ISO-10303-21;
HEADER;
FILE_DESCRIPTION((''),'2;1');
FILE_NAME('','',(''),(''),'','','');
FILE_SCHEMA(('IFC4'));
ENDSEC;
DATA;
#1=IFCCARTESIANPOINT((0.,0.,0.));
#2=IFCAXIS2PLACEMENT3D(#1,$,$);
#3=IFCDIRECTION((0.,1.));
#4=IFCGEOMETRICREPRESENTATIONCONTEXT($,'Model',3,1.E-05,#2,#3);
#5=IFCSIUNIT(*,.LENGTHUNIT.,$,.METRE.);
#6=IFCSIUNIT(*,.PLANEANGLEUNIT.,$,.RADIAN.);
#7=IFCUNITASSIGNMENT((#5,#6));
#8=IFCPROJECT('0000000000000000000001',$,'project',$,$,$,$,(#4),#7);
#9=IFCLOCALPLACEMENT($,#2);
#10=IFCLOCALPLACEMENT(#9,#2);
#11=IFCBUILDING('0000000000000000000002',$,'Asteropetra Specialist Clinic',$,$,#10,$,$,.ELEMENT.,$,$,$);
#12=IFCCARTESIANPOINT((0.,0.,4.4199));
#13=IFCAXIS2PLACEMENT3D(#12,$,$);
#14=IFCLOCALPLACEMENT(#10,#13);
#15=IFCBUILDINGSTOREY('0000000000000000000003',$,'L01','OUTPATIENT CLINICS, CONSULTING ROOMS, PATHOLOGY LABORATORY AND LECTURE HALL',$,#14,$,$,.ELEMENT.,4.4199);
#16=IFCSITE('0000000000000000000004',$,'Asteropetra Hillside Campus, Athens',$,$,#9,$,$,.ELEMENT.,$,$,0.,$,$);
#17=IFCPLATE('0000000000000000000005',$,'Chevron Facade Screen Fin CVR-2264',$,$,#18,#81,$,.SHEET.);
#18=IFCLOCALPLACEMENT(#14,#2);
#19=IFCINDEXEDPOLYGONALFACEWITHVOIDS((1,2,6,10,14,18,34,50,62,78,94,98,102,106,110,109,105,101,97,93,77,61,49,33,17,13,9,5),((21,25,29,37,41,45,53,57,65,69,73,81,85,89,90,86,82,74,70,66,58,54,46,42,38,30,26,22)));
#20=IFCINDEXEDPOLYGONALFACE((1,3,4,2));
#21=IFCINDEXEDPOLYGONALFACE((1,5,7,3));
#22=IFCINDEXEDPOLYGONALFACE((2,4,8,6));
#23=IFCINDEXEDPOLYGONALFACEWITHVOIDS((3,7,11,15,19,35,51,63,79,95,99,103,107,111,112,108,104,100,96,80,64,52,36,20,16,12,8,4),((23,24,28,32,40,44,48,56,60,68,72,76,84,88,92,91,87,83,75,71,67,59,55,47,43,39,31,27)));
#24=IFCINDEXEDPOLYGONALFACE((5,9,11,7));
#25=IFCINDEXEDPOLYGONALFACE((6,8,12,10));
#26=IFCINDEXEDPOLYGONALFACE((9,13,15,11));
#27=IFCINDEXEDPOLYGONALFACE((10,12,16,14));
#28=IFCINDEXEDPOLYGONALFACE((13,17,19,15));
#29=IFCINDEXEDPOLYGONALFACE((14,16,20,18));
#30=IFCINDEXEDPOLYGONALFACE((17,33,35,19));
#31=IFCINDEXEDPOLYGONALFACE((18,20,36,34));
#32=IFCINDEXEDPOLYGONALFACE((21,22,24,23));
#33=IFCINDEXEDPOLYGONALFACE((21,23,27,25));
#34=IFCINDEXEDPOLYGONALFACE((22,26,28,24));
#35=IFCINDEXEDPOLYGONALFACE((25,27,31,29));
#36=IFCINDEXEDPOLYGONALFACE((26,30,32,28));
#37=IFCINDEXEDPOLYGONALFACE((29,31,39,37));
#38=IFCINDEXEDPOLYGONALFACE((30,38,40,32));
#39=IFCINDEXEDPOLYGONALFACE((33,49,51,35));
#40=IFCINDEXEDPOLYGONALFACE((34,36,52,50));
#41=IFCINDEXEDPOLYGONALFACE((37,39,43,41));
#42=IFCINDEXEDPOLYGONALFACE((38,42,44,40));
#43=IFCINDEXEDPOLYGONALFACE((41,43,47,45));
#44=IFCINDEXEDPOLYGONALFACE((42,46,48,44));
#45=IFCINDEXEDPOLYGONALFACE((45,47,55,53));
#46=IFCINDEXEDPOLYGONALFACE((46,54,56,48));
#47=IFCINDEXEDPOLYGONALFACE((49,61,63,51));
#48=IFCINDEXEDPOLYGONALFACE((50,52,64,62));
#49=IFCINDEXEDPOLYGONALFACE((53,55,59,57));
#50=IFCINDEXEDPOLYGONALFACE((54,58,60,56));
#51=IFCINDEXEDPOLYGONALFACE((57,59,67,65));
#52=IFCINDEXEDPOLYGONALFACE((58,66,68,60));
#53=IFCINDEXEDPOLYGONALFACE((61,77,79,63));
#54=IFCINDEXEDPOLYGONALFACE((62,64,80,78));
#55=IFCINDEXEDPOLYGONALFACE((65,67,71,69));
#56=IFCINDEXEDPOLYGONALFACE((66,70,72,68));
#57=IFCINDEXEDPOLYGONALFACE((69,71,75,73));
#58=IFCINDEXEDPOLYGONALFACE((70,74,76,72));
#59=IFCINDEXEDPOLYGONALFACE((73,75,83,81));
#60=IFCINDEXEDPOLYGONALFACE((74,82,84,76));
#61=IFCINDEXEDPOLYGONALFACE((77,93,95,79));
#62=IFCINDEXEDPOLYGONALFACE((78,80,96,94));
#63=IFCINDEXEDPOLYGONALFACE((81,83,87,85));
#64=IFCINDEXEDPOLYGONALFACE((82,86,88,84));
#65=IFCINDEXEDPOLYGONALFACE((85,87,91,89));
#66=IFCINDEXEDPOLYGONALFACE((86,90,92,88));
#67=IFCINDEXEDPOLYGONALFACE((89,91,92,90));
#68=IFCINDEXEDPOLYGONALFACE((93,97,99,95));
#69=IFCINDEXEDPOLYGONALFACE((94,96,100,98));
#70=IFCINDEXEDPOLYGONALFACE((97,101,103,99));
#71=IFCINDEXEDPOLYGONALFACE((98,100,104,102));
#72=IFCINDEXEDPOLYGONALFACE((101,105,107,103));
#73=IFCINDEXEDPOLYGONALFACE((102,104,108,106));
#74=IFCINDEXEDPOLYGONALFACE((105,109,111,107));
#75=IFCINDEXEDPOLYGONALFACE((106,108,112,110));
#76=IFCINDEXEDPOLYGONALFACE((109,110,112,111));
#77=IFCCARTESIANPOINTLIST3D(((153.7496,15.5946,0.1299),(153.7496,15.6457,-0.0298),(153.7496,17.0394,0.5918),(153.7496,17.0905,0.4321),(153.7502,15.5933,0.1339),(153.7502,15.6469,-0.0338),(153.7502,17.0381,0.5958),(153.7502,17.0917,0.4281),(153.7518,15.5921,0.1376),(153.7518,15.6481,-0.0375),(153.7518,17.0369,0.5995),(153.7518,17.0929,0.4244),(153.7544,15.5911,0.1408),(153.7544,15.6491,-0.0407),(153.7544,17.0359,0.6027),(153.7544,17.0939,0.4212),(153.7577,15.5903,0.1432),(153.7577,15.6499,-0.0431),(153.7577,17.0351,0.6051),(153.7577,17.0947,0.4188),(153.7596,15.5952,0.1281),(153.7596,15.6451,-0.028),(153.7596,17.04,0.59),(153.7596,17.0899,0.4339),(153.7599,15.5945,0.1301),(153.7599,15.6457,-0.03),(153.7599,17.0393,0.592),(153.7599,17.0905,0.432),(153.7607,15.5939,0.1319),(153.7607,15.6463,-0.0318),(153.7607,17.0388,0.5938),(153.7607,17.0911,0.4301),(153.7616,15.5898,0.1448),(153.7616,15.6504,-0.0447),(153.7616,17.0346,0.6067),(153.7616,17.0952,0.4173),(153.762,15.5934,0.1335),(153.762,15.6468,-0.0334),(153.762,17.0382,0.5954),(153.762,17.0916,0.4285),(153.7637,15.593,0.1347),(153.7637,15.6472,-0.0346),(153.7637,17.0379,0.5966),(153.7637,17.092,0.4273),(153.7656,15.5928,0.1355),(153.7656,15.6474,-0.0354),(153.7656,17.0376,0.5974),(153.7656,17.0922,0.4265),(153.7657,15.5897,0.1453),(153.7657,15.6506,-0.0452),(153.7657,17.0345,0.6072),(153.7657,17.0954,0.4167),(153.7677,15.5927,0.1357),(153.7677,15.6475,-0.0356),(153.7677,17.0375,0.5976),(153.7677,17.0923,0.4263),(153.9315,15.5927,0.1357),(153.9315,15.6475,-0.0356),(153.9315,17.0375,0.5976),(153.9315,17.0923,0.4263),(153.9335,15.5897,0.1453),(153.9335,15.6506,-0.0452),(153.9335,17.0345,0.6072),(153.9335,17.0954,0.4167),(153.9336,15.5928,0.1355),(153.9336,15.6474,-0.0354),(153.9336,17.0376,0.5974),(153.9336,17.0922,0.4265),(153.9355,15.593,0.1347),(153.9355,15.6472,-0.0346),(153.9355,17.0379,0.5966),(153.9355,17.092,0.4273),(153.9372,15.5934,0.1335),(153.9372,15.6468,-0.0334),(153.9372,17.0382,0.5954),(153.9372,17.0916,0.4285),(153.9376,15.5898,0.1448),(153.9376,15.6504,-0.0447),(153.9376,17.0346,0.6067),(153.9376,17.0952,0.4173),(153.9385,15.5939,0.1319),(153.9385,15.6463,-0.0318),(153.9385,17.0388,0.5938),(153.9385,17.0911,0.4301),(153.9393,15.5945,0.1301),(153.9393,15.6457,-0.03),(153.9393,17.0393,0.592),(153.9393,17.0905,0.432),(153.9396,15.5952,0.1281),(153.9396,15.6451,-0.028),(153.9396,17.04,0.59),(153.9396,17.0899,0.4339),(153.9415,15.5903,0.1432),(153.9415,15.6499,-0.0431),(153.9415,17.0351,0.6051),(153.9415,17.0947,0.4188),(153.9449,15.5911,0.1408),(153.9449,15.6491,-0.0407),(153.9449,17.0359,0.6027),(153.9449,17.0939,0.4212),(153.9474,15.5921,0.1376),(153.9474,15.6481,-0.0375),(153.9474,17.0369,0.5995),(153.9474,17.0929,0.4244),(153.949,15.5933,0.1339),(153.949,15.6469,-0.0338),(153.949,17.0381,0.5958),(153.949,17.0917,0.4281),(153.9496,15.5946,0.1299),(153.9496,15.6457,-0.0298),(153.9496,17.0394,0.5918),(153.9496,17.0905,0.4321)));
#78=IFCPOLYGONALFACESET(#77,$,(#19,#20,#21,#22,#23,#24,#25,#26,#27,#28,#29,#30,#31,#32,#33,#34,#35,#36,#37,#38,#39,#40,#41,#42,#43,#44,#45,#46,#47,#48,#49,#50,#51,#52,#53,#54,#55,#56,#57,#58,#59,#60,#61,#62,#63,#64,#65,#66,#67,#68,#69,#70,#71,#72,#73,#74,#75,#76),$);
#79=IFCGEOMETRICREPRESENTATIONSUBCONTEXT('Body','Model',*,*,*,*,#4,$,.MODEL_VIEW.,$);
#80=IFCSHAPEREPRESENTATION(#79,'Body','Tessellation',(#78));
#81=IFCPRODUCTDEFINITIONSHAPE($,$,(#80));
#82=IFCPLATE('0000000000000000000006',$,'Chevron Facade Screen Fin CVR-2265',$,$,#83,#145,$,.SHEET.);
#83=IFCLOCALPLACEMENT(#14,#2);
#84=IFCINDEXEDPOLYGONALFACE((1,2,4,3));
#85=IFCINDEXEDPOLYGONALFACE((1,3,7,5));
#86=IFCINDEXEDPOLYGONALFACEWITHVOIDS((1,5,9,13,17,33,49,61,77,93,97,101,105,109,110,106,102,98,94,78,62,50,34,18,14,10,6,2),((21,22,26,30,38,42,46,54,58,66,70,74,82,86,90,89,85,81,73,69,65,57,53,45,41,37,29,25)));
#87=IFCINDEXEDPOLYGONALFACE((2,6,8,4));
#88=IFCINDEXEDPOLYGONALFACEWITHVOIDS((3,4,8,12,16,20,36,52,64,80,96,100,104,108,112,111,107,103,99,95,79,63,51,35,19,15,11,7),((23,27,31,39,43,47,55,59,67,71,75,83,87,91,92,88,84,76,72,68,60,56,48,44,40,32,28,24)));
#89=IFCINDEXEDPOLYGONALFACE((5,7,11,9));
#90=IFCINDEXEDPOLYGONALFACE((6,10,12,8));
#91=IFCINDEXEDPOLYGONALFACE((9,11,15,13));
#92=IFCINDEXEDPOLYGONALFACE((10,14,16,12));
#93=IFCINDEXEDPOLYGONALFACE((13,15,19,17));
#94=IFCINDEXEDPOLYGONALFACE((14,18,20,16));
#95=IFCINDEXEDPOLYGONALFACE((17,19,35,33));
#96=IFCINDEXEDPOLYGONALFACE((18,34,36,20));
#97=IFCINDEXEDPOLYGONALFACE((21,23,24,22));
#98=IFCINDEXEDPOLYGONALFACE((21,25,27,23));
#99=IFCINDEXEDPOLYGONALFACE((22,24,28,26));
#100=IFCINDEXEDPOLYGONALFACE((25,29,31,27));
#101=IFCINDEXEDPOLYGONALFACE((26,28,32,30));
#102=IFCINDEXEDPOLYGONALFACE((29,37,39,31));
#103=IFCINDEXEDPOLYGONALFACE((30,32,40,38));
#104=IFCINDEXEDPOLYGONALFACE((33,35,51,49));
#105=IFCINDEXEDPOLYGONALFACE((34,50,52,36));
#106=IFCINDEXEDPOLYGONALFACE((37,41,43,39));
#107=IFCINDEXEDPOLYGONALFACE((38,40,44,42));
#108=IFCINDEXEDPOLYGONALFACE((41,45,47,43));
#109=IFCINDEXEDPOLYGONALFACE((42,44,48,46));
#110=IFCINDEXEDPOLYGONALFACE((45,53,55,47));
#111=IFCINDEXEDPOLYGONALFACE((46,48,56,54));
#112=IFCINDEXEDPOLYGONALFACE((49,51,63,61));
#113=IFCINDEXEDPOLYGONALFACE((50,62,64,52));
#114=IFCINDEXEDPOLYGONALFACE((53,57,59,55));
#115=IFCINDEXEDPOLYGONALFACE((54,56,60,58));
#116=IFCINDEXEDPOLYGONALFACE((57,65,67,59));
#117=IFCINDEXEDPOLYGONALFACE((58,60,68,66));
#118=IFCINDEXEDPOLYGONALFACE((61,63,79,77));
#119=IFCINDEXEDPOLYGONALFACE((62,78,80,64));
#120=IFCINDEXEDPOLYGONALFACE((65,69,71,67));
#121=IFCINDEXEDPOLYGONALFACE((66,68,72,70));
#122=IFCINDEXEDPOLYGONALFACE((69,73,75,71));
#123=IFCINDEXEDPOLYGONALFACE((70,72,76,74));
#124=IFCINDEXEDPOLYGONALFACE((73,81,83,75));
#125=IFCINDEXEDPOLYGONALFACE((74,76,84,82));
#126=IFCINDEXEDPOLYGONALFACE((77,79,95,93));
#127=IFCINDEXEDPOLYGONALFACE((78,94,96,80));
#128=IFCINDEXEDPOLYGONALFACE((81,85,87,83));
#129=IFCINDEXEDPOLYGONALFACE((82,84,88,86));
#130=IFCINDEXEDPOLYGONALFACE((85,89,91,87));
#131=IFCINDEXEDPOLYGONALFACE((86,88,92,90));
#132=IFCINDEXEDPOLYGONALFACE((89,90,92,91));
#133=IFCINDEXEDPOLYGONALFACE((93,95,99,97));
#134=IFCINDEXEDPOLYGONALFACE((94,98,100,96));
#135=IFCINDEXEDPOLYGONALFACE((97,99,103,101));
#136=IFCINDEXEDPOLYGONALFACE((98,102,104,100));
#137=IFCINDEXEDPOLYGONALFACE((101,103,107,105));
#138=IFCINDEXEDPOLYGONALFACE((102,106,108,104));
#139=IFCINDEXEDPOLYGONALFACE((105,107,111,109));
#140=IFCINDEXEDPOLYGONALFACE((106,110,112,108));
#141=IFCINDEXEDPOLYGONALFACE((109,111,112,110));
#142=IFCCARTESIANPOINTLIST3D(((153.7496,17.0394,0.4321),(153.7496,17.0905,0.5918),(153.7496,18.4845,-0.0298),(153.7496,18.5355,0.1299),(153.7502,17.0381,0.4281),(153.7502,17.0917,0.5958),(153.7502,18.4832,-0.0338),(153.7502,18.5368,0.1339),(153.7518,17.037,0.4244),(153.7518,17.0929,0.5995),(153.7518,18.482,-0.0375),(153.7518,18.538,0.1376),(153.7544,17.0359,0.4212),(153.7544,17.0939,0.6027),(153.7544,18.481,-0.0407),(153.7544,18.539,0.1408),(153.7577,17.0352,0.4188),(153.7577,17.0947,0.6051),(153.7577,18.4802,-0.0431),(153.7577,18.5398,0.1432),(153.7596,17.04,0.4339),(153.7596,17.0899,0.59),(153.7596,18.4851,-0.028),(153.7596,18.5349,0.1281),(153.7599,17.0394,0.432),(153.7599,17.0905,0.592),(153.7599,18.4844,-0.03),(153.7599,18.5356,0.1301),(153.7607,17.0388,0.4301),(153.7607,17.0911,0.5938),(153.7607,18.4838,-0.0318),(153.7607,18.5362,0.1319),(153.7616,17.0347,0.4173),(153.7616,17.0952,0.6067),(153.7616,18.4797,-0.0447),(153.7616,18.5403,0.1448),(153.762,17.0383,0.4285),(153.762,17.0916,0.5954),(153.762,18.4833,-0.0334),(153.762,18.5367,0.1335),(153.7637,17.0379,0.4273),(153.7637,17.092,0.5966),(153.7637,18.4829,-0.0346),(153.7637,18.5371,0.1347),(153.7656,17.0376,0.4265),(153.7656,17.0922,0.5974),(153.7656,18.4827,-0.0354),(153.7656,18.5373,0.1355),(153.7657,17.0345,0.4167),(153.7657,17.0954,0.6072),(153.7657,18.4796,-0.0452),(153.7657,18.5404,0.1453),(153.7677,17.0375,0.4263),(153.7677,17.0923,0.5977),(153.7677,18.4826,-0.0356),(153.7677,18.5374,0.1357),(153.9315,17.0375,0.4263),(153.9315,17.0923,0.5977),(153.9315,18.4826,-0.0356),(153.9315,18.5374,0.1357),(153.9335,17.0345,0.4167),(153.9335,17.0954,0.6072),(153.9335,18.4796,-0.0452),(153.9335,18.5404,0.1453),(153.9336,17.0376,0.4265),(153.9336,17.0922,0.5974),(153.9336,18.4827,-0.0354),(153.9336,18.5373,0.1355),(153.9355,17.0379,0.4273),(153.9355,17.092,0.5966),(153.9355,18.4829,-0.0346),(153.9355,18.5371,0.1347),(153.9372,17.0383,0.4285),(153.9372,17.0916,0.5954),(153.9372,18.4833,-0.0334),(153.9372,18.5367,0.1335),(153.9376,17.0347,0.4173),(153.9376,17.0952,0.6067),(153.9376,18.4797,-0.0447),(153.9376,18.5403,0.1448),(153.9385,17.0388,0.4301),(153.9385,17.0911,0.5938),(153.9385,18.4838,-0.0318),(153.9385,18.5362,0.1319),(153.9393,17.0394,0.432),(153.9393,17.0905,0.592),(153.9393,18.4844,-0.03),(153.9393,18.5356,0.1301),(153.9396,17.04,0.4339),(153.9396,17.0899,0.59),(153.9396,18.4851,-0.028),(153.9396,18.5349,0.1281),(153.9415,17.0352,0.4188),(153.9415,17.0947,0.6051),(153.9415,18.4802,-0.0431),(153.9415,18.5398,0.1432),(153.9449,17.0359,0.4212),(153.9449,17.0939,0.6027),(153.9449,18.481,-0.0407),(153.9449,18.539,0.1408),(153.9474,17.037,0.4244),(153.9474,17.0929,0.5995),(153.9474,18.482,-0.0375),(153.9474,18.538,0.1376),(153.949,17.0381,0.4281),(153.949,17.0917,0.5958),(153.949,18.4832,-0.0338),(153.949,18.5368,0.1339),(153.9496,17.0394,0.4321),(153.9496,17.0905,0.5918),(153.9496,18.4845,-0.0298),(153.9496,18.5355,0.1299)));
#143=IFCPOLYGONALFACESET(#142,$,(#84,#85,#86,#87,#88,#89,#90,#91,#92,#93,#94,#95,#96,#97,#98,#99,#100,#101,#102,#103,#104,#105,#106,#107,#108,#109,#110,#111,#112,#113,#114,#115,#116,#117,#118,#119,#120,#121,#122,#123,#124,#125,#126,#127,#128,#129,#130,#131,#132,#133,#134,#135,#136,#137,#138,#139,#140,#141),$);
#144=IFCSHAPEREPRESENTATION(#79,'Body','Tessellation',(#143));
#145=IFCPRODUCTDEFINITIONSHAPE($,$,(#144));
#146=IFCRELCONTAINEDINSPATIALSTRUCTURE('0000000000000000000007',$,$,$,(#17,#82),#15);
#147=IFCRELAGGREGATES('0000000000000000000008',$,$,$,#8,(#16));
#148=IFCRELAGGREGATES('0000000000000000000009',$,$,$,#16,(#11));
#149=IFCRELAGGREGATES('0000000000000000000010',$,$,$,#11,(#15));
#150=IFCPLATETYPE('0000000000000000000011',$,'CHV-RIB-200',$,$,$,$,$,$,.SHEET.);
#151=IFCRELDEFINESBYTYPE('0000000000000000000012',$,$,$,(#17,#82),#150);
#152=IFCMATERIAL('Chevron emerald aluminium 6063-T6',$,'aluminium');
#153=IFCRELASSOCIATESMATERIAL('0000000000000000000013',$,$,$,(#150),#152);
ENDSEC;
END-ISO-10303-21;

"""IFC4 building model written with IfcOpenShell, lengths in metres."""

from ifc_helpers import new_model, si_unit, direction, frame, origin, origin_2d, place, context, subcontext, project, spatial, hollow_rectangle, extrude, material, material_profile, profile_set, type_object, element, save


model = new_model("IFC4")

# Units and contexts
model_context = context("Model", 3, precision=1e-05, world=origin(), true_north=direction((0.0, 1.0)))
body_context = subcontext(model_context, "Body", "Model", "MODEL_VIEW")
ifc_project = project(units=[si_unit("LENGTHUNIT", "METRE"), si_unit("PLANEANGLEUNIT", "RADIAN")], contexts=[model_context])

# Site, building, storey
site_placement = place(None, origin())
site = spatial("IfcSite", under=ifc_project, at=site_placement, Name="Asteropetra Hillside Campus, Athens", CompositionType="ELEMENT", RefElevation=0.0)
building_placement = place(site_placement, origin())
building = spatial("IfcBuilding", under=site, at=building_placement, Name="Asteropetra Specialist Clinic", CompositionType="ELEMENT")
storey_placement = place(building_placement, frame((0.0, 0.0, 4.4199)))
storey = spatial("IfcBuildingStorey", under=building, at=storey_placement, Name="L01", Description="OUTPATIENT CLINICS, CONSULTING ROOMS, PATHOLOGY LABORATORY AND LECTURE HALL", CompositionType="ELEMENT", Elevation=4.4199)

# Plates
ifc_material_1 = material(Name="Chevron emerald aluminium 6063-T6", Category="aluminium")
ifc_material_profile = material_profile(ifc_material_1, hollow_rectangle(XDim=0.2, YDim=0.2, WallThickness=0.01, InnerFilletRadius=0.0081, OuterFilletRadius=0.0161, at=origin_2d()), Name="SHS 200x200x10.0")
ifc_profile_set = profile_set([ifc_material_profile], Name="Chevron emerald aluminium 6063-T6")
plate_type = type_object("IfcPlateType", Name="CHV-RIB-200", PredefinedType="SHEET", material=ifc_profile_set)
plate_1_placement = place(storey_placement, frame((153.8496, 15.6201, 0.05), z_axis=(0.0, 0.952506, 0.304519), x_axis=(-1.0, 0.0, 0.0)))
element("IfcPlate", 1, at=plate_1_placement, inside=storey, type_object=plate_type, Name="Chevron Facade Screen Fin CVR-2264", PredefinedType="SHEET", context=body_context, shape_type="SweptSolid", body=[
    extrude(hollow_rectangle(XDim=0.2, YDim=0.2, WallThickness=0.01, InnerFilletRadius=0.0081, OuterFilletRadius=0.0161, at=origin_2d()), origin(), (0.0, 0.0, 1.0), 1.5168),
])
plate_2_placement = place(storey_placement, frame((153.8496, 17.0649, 0.512), z_axis=(0.0, 0.952521, -0.304472), x_axis=(-1.0, 0.0, 0.0)))
element("IfcPlate", 2, at=plate_2_placement, inside=storey, type_object=plate_type, Name="Chevron Facade Screen Fin CVR-2265", PredefinedType="SHEET", context=body_context, shape_type="SweptSolid", body=[
    extrude(hollow_rectangle(XDim=0.2, YDim=0.2, WallThickness=0.01, InnerFilletRadius=0.0081, OuterFilletRadius=0.0161, at=origin_2d()), origin(), (0.0, 0.0, 1.0), 1.5171),
])

save(model, "model.ifc")
